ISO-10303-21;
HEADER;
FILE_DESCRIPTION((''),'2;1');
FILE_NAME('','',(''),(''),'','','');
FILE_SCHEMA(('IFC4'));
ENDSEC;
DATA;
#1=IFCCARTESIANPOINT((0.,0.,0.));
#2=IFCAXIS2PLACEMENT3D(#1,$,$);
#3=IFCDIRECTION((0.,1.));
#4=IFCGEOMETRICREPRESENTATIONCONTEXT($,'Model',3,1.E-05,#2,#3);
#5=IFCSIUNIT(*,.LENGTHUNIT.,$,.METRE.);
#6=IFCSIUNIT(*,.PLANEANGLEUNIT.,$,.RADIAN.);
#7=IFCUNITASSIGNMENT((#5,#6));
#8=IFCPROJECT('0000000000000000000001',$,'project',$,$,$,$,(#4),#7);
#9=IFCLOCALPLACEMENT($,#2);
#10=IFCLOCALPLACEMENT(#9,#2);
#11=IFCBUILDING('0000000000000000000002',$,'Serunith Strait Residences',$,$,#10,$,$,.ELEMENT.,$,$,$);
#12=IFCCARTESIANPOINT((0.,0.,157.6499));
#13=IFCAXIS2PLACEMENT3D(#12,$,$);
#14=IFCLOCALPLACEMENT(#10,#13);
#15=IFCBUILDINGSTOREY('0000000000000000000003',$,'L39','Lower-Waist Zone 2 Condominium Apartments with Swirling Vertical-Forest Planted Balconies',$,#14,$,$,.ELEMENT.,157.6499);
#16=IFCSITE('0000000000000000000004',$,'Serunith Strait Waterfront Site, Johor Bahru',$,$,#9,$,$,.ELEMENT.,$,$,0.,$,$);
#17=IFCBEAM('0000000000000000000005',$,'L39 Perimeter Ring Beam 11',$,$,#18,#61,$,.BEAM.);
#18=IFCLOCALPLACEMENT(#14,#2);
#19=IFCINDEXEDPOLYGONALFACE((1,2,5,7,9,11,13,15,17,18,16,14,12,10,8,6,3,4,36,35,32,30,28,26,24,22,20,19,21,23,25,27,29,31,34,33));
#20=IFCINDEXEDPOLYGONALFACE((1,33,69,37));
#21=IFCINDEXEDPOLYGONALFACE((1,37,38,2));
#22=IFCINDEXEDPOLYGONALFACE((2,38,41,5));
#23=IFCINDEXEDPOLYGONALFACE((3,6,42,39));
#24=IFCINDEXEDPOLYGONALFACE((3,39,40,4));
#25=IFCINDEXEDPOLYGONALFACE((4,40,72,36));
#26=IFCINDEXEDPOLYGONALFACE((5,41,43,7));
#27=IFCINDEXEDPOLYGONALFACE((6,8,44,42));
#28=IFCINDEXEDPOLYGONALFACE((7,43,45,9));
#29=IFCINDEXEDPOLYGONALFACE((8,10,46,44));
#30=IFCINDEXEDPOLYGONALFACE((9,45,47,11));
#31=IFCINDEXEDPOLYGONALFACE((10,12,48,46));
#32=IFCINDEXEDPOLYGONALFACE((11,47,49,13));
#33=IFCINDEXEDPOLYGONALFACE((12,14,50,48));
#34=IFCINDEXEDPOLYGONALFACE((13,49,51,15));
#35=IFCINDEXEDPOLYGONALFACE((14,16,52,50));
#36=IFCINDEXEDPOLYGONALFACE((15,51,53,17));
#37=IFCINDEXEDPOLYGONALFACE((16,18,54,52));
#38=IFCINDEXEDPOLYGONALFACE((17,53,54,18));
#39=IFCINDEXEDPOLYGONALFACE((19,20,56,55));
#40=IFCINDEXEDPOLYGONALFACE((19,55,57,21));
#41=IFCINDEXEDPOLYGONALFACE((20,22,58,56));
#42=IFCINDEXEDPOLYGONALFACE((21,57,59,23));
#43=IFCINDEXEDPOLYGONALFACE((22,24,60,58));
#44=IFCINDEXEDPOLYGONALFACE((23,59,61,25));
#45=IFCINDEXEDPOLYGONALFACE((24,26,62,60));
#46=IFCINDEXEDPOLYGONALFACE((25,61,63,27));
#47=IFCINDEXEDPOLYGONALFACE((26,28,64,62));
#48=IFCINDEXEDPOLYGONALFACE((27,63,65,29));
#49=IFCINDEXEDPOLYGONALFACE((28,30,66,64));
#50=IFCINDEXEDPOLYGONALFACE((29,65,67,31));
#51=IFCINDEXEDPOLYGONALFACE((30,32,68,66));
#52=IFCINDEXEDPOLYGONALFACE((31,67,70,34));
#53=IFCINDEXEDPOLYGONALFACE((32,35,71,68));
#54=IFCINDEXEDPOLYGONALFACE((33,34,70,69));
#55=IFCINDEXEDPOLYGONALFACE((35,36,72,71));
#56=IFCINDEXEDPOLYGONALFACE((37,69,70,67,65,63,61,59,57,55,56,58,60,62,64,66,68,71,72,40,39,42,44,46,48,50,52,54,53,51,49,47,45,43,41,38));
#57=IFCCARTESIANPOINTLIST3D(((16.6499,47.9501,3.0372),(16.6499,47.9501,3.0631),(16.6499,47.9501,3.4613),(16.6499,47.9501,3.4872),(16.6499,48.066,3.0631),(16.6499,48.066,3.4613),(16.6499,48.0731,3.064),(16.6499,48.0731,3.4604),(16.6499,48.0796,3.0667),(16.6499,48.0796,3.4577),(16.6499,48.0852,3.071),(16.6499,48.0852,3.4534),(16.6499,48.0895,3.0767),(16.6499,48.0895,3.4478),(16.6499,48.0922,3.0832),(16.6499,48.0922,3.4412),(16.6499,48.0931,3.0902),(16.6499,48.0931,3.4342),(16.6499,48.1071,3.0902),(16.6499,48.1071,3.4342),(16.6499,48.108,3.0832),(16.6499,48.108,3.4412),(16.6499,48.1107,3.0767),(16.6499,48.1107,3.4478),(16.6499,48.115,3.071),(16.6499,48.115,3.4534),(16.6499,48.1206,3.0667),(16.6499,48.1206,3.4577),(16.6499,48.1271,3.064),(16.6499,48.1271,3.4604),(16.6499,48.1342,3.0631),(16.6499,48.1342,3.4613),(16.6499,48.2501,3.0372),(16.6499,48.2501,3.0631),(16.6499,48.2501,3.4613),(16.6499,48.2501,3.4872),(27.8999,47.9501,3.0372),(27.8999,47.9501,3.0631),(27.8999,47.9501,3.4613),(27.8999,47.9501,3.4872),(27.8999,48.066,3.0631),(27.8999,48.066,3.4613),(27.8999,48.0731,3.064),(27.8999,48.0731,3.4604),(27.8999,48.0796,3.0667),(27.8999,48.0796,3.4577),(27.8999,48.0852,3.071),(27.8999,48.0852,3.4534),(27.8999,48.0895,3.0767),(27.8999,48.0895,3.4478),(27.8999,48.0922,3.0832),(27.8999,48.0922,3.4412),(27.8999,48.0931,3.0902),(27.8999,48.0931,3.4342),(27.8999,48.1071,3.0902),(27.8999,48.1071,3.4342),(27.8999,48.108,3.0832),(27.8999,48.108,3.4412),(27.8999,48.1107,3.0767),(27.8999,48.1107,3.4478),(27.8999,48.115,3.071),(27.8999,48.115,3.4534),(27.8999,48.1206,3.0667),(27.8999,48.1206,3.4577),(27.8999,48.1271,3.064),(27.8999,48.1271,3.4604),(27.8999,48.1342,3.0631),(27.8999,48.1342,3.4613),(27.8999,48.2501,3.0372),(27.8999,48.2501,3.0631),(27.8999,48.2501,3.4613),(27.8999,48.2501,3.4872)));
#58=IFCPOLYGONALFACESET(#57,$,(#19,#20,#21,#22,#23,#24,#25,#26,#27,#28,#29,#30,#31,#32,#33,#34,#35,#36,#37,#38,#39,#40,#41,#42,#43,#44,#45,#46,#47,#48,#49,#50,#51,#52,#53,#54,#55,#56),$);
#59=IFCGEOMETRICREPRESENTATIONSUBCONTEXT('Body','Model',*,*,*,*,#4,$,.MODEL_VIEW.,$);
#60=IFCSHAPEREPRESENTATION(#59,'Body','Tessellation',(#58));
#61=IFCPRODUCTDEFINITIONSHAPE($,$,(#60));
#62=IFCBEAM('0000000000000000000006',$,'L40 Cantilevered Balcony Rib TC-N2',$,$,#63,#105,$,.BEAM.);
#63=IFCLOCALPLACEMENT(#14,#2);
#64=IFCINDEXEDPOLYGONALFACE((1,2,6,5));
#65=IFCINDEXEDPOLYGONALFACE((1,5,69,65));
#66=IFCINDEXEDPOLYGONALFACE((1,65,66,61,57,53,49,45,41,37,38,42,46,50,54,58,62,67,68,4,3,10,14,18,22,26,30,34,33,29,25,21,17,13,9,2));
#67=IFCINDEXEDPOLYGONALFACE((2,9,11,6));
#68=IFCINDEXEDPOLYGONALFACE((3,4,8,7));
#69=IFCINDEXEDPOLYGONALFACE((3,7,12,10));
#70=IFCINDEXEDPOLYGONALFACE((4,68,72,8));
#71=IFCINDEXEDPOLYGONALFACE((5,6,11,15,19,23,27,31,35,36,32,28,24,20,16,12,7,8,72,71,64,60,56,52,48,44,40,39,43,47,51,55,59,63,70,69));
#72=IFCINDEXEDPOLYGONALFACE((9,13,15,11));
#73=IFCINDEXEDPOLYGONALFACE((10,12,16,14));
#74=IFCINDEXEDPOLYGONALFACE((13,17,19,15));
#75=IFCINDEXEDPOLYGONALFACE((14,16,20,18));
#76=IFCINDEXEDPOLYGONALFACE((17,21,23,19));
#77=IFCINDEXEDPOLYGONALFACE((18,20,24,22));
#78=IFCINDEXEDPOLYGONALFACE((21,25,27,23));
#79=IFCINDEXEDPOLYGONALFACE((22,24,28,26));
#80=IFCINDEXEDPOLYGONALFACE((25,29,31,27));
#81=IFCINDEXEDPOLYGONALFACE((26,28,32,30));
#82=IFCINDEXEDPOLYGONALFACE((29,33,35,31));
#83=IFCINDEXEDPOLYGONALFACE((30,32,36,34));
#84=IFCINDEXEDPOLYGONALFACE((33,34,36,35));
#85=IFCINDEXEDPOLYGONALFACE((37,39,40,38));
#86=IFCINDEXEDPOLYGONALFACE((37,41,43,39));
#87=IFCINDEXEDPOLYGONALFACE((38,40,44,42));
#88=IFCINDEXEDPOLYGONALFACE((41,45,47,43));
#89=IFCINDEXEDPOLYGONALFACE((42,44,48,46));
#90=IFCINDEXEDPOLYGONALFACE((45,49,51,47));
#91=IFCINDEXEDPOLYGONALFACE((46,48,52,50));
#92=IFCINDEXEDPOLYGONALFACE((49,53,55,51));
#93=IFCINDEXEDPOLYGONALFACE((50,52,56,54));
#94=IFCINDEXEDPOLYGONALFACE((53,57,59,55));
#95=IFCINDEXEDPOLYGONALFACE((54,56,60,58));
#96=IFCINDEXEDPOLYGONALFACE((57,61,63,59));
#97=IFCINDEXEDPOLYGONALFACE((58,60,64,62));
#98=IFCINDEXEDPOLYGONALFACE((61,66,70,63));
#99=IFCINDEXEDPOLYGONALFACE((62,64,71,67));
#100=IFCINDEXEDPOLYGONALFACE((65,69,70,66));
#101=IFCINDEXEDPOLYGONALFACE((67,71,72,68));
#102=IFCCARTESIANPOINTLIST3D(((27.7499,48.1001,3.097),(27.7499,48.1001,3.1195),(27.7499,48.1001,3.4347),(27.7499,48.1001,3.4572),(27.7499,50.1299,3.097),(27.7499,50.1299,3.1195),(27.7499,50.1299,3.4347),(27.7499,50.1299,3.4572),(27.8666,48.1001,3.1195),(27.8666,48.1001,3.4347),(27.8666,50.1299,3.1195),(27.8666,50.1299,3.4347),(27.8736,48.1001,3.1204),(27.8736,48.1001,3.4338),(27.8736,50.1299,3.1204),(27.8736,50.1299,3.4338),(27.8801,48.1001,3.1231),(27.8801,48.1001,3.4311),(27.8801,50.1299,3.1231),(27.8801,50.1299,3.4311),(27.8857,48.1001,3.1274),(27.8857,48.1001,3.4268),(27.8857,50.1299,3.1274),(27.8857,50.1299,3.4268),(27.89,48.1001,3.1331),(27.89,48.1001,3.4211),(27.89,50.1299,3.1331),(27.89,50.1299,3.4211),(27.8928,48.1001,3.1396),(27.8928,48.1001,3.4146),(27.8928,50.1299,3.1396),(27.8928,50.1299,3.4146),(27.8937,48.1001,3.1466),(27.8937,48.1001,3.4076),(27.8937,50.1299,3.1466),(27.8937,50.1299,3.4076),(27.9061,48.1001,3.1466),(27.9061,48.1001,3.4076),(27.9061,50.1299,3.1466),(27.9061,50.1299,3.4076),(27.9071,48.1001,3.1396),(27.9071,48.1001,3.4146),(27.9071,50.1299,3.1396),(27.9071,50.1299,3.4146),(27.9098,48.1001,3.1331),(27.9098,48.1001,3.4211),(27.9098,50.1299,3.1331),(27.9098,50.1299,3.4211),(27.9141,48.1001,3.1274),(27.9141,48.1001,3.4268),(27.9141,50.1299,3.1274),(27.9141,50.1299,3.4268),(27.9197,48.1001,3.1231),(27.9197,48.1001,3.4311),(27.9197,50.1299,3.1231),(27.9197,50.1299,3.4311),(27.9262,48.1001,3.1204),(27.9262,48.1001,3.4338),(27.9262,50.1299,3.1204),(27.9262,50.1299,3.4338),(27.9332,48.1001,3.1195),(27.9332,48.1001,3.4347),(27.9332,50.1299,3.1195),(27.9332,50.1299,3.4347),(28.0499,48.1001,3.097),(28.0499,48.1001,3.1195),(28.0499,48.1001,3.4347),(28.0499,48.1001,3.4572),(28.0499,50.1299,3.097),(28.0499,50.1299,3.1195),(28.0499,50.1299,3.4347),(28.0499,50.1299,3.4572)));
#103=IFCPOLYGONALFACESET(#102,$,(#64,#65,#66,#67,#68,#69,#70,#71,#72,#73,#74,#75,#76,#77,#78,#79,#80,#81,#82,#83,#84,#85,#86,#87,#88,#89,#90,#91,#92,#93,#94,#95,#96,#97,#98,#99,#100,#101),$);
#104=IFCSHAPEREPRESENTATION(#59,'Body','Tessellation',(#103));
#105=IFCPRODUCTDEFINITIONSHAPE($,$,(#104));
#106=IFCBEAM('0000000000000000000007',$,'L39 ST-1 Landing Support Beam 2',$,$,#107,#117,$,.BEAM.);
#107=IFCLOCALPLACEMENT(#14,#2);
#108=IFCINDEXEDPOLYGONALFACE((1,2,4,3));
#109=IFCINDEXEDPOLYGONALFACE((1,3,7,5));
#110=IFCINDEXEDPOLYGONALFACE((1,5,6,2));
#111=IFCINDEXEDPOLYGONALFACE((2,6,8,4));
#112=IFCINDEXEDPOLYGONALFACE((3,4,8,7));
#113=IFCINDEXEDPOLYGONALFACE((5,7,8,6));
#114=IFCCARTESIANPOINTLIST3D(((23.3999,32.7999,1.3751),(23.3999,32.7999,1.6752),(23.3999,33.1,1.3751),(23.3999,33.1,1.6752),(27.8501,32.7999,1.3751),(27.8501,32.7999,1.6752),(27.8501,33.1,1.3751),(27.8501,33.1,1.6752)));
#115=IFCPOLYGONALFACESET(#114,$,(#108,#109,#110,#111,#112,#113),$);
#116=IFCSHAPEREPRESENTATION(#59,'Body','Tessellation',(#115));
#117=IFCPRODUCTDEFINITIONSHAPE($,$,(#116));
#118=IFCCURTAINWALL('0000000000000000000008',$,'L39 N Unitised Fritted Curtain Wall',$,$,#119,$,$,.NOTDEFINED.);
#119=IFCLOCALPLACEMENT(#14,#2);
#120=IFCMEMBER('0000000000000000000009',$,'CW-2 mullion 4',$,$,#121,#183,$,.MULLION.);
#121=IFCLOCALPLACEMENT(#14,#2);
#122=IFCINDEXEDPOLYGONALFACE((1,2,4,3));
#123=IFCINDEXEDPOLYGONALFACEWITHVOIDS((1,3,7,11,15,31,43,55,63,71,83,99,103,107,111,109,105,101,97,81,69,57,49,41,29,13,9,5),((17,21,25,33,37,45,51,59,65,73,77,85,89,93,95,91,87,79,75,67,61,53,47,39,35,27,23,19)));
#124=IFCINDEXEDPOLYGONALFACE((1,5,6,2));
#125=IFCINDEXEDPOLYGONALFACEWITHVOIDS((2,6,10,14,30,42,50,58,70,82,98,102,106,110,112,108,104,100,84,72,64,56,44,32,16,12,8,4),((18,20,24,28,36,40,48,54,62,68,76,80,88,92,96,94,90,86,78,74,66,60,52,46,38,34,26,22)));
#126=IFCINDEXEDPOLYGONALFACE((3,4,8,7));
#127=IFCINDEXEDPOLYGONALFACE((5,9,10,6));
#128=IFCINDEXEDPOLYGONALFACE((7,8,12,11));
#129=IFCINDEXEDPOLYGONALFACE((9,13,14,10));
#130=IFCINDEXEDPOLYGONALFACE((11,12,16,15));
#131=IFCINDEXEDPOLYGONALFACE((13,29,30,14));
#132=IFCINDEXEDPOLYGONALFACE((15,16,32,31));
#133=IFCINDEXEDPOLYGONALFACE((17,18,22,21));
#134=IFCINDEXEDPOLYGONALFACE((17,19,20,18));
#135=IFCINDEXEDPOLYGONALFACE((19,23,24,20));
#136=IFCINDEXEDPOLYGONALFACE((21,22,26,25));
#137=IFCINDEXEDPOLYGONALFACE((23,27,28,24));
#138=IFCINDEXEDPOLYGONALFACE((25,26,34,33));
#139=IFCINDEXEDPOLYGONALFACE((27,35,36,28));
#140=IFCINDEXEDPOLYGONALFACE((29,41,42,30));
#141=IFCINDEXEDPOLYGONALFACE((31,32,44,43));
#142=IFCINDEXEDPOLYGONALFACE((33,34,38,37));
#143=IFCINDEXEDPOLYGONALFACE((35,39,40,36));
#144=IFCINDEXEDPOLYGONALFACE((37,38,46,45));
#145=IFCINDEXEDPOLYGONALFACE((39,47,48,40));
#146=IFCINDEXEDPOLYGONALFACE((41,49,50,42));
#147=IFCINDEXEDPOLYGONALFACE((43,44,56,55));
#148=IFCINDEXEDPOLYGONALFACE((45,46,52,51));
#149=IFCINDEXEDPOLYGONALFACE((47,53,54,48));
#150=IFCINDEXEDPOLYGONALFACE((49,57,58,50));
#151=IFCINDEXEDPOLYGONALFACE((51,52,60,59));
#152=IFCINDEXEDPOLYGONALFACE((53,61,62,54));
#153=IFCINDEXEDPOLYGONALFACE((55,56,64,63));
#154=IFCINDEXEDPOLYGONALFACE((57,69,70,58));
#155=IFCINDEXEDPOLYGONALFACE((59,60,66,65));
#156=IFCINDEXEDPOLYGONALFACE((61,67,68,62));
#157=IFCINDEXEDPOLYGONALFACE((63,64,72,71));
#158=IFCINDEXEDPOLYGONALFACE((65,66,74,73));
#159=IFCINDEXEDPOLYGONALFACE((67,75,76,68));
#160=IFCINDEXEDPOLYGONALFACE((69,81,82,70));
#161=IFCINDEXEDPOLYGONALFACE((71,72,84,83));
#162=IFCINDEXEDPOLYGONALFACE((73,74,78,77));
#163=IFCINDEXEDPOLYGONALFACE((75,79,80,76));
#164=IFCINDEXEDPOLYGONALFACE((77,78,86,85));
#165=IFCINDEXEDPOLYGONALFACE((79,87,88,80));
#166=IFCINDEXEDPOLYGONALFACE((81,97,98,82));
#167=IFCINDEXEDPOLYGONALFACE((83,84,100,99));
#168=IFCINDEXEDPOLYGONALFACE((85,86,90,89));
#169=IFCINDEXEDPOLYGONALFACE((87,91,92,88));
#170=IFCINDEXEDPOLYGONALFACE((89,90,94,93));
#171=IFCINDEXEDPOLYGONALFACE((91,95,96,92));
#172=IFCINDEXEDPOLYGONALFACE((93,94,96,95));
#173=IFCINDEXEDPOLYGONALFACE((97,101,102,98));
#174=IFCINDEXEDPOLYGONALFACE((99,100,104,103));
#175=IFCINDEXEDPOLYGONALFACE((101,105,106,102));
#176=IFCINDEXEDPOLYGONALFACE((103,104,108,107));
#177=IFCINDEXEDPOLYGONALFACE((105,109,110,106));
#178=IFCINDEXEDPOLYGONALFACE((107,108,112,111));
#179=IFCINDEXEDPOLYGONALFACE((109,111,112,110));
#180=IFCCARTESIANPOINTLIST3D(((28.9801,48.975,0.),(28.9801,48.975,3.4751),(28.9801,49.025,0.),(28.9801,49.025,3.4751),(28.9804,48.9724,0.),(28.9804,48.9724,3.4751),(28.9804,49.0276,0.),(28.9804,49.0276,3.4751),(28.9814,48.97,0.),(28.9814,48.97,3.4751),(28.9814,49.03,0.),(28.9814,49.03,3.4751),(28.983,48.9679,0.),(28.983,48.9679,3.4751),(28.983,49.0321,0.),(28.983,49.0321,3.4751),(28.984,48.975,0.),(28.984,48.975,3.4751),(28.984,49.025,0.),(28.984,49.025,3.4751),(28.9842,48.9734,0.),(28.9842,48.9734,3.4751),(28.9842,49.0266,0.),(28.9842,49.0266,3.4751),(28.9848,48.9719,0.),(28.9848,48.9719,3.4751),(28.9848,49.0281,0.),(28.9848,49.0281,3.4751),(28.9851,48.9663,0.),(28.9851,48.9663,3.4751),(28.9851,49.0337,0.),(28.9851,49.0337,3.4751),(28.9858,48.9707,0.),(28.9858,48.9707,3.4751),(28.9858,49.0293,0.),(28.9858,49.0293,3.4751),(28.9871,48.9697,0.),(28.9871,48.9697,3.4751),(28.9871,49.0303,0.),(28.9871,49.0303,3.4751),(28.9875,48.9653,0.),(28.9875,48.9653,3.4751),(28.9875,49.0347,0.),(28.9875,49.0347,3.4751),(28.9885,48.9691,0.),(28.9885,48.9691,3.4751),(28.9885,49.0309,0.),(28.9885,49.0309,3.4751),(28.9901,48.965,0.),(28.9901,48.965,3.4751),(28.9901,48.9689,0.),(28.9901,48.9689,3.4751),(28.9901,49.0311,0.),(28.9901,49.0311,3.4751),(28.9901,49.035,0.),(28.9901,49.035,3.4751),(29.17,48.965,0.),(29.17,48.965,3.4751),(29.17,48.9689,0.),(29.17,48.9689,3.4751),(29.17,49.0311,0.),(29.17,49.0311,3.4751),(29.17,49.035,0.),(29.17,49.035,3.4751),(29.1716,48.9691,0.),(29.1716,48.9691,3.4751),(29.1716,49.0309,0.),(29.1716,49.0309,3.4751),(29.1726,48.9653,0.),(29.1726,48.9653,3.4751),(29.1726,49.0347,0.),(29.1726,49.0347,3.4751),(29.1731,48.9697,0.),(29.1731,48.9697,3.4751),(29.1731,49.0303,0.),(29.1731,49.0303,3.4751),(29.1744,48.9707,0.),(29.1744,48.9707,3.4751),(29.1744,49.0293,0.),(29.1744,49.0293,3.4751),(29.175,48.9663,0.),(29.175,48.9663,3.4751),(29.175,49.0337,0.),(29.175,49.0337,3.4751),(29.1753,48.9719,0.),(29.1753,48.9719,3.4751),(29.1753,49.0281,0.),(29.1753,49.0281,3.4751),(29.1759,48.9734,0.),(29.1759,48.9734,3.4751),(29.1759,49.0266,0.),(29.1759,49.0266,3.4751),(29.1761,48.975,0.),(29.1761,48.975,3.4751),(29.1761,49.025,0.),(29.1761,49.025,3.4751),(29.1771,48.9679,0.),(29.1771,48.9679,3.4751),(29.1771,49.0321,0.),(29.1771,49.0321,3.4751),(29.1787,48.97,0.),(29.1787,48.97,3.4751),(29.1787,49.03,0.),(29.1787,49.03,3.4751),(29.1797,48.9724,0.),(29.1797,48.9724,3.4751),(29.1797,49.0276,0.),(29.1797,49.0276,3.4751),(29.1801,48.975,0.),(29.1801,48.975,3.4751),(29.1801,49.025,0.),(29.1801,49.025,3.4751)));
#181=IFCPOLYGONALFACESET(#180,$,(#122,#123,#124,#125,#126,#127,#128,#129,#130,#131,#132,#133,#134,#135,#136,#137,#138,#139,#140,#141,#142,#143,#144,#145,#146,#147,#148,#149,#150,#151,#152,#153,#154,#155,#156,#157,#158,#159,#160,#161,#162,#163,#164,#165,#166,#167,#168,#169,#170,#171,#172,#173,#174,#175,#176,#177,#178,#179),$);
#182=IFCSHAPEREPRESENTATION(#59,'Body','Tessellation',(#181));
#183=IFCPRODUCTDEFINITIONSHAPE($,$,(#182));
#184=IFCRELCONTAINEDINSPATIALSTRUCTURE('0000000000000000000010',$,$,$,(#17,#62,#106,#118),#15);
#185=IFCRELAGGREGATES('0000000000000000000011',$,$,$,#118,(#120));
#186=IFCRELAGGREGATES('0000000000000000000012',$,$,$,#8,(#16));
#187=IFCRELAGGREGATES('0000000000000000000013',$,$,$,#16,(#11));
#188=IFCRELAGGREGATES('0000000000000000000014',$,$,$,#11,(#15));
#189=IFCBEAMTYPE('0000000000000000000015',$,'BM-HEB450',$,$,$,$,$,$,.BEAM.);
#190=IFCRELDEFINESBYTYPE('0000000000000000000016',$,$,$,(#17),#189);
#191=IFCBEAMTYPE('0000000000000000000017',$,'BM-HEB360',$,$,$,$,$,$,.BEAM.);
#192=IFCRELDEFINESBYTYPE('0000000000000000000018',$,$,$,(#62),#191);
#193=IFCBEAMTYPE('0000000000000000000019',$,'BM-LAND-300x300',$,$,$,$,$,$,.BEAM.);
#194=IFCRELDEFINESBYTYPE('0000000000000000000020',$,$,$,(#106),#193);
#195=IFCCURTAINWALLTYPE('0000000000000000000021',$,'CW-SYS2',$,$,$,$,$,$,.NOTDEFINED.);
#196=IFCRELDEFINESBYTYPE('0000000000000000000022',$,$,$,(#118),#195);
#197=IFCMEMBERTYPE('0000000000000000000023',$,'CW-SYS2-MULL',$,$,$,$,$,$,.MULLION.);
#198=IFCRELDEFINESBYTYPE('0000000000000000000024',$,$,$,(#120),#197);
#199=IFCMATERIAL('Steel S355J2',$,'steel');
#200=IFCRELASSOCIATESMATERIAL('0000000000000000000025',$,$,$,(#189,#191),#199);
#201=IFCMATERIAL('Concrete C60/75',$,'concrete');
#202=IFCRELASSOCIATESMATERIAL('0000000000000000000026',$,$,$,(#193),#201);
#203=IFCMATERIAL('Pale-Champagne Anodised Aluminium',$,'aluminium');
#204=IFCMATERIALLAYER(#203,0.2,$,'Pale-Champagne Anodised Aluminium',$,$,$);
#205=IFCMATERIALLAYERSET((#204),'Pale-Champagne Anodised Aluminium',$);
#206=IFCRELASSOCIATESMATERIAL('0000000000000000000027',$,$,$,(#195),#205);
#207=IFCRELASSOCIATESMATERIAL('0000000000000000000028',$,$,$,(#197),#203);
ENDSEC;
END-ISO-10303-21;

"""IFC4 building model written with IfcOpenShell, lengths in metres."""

from ifc_helpers import new_model, si_unit, direction, frame, origin, origin_2d, place, context, subcontext, project, spatial, rectangle, hollow_rectangle, i_section, extrude, source, transform, mapped, material, layer, layer_set, material_profile, profile_set, type_object, element, aggregate, save


model = new_model("IFC4")

# Units and contexts
model_context = context("Model", 3, precision=1e-05, world=origin(), true_north=direction((0.0, 1.0)))
body_context = subcontext(model_context, "Body", "Model", "MODEL_VIEW")
ifc_project = project(units=[si_unit("LENGTHUNIT", "METRE"), si_unit("PLANEANGLEUNIT", "RADIAN")], contexts=[model_context])

# Site, building, storey
site_placement = place(None, origin())
site = spatial("IfcSite", under=ifc_project, at=site_placement, Name="Serunith Strait Waterfront Site, Johor Bahru", CompositionType="ELEMENT", RefElevation=0.0)
building_placement = place(site_placement, origin())
building = spatial("IfcBuilding", under=site, at=building_placement, Name="Serunith Strait Residences", CompositionType="ELEMENT")
storey_placement = place(building_placement, frame((0.0, 0.0, 157.6499)))
storey = spatial("IfcBuildingStorey", under=building, at=storey_placement, Name="L39", Description="Lower-Waist Zone 2 Condominium Apartments with Swirling Vertical-Forest Planted Balconies", CompositionType="ELEMENT", Elevation=157.6499)

# Beams
ifc_material_1 = material(Name="Steel S355J2", Category="steel")
ifc_material_profile_1 = material_profile(ifc_material_1, i_section(OverallWidth=0.3, OverallDepth=0.45, WebThickness=0.0139, FlangeThickness=0.0259, FilletRadius=0.0271, at=origin_2d()), Name="HEB 450")
ifc_profile_set_1 = profile_set([ifc_material_profile_1], Name="Steel S355J2")
beam_type_1 = type_object("IfcBeamType", Name="BM-HEB450", PredefinedType="BEAM", material=ifc_profile_set_1)
shared_shape_1 = source(origin(), body_context, "Body", "SweptSolid", [
    extrude(i_section(OverallWidth=0.3, OverallDepth=0.45, WebThickness=0.0139, FlangeThickness=0.0259, FilletRadius=0.0271, at=origin_2d()), origin(), (0.0, 0.0, 1.0), 11.25),
])
beam_1_placement = place(storey_placement, frame((27.8999, 48.1001, 3.2622), z_axis=(-1.0, 0.0, 0.0), x_axis=(0.0, -1.0, 0.0)))
element("IfcBeam", 1, at=beam_1_placement, inside=storey, type_object=beam_type_1, Name="L39 Perimeter Ring Beam 11", PredefinedType="BEAM", context=body_context, shape_type="MappedRepresentation", body=[
    mapped(shared_shape_1, transform((0.0, 0.0, 0.0), scale=1.0)),
])
ifc_material_profile_2 = material_profile(ifc_material_1, i_section(OverallWidth=0.3, OverallDepth=0.3601, WebThickness=0.0125, FlangeThickness=0.0225, FilletRadius=0.0271, at=origin_2d()), Name="HEB 360")
ifc_profile_set_2 = profile_set([ifc_material_profile_2], Name="Steel S355J2")
beam_type_2 = type_object("IfcBeamType", Name="BM-HEB360", PredefinedType="BEAM", material=ifc_profile_set_2)
shared_shape_2 = source(origin(), body_context, "Body", "SweptSolid", [
    extrude(i_section(OverallWidth=0.3, OverallDepth=0.3601, WebThickness=0.0125, FlangeThickness=0.0225, FilletRadius=0.0271, at=origin_2d()), origin(), (0.0, 0.0, 1.0), 2.0298),
])
beam_2_placement = place(storey_placement, frame((27.8999, 48.1001, 3.2771), z_axis=(0.0, 1.0, 0.0), x_axis=(-1.0, 0.0, 0.0)))
element("IfcBeam", 2, at=beam_2_placement, inside=storey, type_object=beam_type_2, Name="L40 Cantilevered Balcony Rib TC-N2", PredefinedType="BEAM", context=body_context, shape_type="MappedRepresentation", body=[
    mapped(shared_shape_2, transform((0.0, 0.0, 0.0), scale=1.0)),
])
ifc_material_2 = material(Name="Concrete C60/75", Category="concrete")
ifc_material_profile_3 = material_profile(ifc_material_2, rectangle(XDim=0.3, YDim=0.3, at=origin_2d()), Name="RC 300x300")
ifc_profile_set_3 = profile_set([ifc_material_profile_3], Name="Concrete C60/75")
beam_type_3 = type_object("IfcBeamType", Name="BM-LAND-300x300", PredefinedType="BEAM", material=ifc_profile_set_3)
shared_shape_3 = source(origin(), body_context, "Body", "SweptSolid", [
    extrude(rectangle(XDim=0.3, YDim=0.3, at=origin_2d()), origin(), (0.0, 0.0, 1.0), 4.4502),
])
beam_3_placement = place(storey_placement, frame((23.3999, 32.95, 1.5251), z_axis=(1.0, 0.0, 0.0), x_axis=(0.0, 1.0, 0.0)))
element("IfcBeam", 3, at=beam_3_placement, inside=storey, type_object=beam_type_3, Name="L39 ST-1 Landing Support Beam 2", PredefinedType="BEAM", context=body_context, shape_type="MappedRepresentation", body=[
    mapped(shared_shape_3, transform((0.0, 0.0, 0.0), scale=1.0)),
])

# Curtain wall, member
ifc_material_3 = material(Name="Pale-Champagne Anodised Aluminium", Category="aluminium")
ifc_layer_1 = layer(ifc_material_3, 0.2, Name="Pale-Champagne Anodised Aluminium")
ifc_layer_set_1 = layer_set([ifc_layer_1], Name="Pale-Champagne Anodised Aluminium")
curtain_wall_type = type_object("IfcCurtainWallType", Name="CW-SYS2", PredefinedType="NOTDEFINED", material=ifc_layer_set_1)
curtain_wall_placement = place(storey_placement, origin())
curtain_wall = element("IfcCurtainWall", 4, at=curtain_wall_placement, inside=storey, type_object=curtain_wall_type, Name="L39 N Unitised Fritted Curtain Wall", PredefinedType="NOTDEFINED")
ifc_material_profile_4 = material_profile(ifc_material_3, hollow_rectangle(XDim=0.0701, YDim=0.2, WallThickness=0.0039, InnerFilletRadius=0.0061, OuterFilletRadius=0.01, at=origin_2d()), Name="ALU 200x70x4")
ifc_profile_set_4 = profile_set([ifc_material_profile_4], Name="Pale-Champagne Anodised Aluminium")
member_type_1 = type_object("IfcMemberType", Name="CW-SYS2-MULL", PredefinedType="MULLION", material=ifc_profile_set_4)
shared_shape_4 = source(origin(), body_context, "Body", "SweptSolid", [
    extrude(hollow_rectangle(XDim=0.0701, YDim=0.2, WallThickness=0.0039, InnerFilletRadius=0.0061, OuterFilletRadius=0.01, at=origin_2d()), origin(), (0.0, 0.0, 1.0), 3.4751),
])
member_1_placement = place(storey_placement, frame((29.0801, 49.0, 0.0), z_axis=(0.0, 0.0, 1.0), x_axis=(0.0, -1.0, 0.0)))
member_1 = element("IfcMember", 5, at=member_1_placement, type_object=member_type_1, Name="CW-2 mullion 4", PredefinedType="MULLION", context=body_context, shape_type="MappedRepresentation", body=[
    mapped(shared_shape_4, transform((0.0, 0.0, 0.0), scale=1.0)),
])
aggregate(curtain_wall, [member_1])

save(model, "model.ifc")
